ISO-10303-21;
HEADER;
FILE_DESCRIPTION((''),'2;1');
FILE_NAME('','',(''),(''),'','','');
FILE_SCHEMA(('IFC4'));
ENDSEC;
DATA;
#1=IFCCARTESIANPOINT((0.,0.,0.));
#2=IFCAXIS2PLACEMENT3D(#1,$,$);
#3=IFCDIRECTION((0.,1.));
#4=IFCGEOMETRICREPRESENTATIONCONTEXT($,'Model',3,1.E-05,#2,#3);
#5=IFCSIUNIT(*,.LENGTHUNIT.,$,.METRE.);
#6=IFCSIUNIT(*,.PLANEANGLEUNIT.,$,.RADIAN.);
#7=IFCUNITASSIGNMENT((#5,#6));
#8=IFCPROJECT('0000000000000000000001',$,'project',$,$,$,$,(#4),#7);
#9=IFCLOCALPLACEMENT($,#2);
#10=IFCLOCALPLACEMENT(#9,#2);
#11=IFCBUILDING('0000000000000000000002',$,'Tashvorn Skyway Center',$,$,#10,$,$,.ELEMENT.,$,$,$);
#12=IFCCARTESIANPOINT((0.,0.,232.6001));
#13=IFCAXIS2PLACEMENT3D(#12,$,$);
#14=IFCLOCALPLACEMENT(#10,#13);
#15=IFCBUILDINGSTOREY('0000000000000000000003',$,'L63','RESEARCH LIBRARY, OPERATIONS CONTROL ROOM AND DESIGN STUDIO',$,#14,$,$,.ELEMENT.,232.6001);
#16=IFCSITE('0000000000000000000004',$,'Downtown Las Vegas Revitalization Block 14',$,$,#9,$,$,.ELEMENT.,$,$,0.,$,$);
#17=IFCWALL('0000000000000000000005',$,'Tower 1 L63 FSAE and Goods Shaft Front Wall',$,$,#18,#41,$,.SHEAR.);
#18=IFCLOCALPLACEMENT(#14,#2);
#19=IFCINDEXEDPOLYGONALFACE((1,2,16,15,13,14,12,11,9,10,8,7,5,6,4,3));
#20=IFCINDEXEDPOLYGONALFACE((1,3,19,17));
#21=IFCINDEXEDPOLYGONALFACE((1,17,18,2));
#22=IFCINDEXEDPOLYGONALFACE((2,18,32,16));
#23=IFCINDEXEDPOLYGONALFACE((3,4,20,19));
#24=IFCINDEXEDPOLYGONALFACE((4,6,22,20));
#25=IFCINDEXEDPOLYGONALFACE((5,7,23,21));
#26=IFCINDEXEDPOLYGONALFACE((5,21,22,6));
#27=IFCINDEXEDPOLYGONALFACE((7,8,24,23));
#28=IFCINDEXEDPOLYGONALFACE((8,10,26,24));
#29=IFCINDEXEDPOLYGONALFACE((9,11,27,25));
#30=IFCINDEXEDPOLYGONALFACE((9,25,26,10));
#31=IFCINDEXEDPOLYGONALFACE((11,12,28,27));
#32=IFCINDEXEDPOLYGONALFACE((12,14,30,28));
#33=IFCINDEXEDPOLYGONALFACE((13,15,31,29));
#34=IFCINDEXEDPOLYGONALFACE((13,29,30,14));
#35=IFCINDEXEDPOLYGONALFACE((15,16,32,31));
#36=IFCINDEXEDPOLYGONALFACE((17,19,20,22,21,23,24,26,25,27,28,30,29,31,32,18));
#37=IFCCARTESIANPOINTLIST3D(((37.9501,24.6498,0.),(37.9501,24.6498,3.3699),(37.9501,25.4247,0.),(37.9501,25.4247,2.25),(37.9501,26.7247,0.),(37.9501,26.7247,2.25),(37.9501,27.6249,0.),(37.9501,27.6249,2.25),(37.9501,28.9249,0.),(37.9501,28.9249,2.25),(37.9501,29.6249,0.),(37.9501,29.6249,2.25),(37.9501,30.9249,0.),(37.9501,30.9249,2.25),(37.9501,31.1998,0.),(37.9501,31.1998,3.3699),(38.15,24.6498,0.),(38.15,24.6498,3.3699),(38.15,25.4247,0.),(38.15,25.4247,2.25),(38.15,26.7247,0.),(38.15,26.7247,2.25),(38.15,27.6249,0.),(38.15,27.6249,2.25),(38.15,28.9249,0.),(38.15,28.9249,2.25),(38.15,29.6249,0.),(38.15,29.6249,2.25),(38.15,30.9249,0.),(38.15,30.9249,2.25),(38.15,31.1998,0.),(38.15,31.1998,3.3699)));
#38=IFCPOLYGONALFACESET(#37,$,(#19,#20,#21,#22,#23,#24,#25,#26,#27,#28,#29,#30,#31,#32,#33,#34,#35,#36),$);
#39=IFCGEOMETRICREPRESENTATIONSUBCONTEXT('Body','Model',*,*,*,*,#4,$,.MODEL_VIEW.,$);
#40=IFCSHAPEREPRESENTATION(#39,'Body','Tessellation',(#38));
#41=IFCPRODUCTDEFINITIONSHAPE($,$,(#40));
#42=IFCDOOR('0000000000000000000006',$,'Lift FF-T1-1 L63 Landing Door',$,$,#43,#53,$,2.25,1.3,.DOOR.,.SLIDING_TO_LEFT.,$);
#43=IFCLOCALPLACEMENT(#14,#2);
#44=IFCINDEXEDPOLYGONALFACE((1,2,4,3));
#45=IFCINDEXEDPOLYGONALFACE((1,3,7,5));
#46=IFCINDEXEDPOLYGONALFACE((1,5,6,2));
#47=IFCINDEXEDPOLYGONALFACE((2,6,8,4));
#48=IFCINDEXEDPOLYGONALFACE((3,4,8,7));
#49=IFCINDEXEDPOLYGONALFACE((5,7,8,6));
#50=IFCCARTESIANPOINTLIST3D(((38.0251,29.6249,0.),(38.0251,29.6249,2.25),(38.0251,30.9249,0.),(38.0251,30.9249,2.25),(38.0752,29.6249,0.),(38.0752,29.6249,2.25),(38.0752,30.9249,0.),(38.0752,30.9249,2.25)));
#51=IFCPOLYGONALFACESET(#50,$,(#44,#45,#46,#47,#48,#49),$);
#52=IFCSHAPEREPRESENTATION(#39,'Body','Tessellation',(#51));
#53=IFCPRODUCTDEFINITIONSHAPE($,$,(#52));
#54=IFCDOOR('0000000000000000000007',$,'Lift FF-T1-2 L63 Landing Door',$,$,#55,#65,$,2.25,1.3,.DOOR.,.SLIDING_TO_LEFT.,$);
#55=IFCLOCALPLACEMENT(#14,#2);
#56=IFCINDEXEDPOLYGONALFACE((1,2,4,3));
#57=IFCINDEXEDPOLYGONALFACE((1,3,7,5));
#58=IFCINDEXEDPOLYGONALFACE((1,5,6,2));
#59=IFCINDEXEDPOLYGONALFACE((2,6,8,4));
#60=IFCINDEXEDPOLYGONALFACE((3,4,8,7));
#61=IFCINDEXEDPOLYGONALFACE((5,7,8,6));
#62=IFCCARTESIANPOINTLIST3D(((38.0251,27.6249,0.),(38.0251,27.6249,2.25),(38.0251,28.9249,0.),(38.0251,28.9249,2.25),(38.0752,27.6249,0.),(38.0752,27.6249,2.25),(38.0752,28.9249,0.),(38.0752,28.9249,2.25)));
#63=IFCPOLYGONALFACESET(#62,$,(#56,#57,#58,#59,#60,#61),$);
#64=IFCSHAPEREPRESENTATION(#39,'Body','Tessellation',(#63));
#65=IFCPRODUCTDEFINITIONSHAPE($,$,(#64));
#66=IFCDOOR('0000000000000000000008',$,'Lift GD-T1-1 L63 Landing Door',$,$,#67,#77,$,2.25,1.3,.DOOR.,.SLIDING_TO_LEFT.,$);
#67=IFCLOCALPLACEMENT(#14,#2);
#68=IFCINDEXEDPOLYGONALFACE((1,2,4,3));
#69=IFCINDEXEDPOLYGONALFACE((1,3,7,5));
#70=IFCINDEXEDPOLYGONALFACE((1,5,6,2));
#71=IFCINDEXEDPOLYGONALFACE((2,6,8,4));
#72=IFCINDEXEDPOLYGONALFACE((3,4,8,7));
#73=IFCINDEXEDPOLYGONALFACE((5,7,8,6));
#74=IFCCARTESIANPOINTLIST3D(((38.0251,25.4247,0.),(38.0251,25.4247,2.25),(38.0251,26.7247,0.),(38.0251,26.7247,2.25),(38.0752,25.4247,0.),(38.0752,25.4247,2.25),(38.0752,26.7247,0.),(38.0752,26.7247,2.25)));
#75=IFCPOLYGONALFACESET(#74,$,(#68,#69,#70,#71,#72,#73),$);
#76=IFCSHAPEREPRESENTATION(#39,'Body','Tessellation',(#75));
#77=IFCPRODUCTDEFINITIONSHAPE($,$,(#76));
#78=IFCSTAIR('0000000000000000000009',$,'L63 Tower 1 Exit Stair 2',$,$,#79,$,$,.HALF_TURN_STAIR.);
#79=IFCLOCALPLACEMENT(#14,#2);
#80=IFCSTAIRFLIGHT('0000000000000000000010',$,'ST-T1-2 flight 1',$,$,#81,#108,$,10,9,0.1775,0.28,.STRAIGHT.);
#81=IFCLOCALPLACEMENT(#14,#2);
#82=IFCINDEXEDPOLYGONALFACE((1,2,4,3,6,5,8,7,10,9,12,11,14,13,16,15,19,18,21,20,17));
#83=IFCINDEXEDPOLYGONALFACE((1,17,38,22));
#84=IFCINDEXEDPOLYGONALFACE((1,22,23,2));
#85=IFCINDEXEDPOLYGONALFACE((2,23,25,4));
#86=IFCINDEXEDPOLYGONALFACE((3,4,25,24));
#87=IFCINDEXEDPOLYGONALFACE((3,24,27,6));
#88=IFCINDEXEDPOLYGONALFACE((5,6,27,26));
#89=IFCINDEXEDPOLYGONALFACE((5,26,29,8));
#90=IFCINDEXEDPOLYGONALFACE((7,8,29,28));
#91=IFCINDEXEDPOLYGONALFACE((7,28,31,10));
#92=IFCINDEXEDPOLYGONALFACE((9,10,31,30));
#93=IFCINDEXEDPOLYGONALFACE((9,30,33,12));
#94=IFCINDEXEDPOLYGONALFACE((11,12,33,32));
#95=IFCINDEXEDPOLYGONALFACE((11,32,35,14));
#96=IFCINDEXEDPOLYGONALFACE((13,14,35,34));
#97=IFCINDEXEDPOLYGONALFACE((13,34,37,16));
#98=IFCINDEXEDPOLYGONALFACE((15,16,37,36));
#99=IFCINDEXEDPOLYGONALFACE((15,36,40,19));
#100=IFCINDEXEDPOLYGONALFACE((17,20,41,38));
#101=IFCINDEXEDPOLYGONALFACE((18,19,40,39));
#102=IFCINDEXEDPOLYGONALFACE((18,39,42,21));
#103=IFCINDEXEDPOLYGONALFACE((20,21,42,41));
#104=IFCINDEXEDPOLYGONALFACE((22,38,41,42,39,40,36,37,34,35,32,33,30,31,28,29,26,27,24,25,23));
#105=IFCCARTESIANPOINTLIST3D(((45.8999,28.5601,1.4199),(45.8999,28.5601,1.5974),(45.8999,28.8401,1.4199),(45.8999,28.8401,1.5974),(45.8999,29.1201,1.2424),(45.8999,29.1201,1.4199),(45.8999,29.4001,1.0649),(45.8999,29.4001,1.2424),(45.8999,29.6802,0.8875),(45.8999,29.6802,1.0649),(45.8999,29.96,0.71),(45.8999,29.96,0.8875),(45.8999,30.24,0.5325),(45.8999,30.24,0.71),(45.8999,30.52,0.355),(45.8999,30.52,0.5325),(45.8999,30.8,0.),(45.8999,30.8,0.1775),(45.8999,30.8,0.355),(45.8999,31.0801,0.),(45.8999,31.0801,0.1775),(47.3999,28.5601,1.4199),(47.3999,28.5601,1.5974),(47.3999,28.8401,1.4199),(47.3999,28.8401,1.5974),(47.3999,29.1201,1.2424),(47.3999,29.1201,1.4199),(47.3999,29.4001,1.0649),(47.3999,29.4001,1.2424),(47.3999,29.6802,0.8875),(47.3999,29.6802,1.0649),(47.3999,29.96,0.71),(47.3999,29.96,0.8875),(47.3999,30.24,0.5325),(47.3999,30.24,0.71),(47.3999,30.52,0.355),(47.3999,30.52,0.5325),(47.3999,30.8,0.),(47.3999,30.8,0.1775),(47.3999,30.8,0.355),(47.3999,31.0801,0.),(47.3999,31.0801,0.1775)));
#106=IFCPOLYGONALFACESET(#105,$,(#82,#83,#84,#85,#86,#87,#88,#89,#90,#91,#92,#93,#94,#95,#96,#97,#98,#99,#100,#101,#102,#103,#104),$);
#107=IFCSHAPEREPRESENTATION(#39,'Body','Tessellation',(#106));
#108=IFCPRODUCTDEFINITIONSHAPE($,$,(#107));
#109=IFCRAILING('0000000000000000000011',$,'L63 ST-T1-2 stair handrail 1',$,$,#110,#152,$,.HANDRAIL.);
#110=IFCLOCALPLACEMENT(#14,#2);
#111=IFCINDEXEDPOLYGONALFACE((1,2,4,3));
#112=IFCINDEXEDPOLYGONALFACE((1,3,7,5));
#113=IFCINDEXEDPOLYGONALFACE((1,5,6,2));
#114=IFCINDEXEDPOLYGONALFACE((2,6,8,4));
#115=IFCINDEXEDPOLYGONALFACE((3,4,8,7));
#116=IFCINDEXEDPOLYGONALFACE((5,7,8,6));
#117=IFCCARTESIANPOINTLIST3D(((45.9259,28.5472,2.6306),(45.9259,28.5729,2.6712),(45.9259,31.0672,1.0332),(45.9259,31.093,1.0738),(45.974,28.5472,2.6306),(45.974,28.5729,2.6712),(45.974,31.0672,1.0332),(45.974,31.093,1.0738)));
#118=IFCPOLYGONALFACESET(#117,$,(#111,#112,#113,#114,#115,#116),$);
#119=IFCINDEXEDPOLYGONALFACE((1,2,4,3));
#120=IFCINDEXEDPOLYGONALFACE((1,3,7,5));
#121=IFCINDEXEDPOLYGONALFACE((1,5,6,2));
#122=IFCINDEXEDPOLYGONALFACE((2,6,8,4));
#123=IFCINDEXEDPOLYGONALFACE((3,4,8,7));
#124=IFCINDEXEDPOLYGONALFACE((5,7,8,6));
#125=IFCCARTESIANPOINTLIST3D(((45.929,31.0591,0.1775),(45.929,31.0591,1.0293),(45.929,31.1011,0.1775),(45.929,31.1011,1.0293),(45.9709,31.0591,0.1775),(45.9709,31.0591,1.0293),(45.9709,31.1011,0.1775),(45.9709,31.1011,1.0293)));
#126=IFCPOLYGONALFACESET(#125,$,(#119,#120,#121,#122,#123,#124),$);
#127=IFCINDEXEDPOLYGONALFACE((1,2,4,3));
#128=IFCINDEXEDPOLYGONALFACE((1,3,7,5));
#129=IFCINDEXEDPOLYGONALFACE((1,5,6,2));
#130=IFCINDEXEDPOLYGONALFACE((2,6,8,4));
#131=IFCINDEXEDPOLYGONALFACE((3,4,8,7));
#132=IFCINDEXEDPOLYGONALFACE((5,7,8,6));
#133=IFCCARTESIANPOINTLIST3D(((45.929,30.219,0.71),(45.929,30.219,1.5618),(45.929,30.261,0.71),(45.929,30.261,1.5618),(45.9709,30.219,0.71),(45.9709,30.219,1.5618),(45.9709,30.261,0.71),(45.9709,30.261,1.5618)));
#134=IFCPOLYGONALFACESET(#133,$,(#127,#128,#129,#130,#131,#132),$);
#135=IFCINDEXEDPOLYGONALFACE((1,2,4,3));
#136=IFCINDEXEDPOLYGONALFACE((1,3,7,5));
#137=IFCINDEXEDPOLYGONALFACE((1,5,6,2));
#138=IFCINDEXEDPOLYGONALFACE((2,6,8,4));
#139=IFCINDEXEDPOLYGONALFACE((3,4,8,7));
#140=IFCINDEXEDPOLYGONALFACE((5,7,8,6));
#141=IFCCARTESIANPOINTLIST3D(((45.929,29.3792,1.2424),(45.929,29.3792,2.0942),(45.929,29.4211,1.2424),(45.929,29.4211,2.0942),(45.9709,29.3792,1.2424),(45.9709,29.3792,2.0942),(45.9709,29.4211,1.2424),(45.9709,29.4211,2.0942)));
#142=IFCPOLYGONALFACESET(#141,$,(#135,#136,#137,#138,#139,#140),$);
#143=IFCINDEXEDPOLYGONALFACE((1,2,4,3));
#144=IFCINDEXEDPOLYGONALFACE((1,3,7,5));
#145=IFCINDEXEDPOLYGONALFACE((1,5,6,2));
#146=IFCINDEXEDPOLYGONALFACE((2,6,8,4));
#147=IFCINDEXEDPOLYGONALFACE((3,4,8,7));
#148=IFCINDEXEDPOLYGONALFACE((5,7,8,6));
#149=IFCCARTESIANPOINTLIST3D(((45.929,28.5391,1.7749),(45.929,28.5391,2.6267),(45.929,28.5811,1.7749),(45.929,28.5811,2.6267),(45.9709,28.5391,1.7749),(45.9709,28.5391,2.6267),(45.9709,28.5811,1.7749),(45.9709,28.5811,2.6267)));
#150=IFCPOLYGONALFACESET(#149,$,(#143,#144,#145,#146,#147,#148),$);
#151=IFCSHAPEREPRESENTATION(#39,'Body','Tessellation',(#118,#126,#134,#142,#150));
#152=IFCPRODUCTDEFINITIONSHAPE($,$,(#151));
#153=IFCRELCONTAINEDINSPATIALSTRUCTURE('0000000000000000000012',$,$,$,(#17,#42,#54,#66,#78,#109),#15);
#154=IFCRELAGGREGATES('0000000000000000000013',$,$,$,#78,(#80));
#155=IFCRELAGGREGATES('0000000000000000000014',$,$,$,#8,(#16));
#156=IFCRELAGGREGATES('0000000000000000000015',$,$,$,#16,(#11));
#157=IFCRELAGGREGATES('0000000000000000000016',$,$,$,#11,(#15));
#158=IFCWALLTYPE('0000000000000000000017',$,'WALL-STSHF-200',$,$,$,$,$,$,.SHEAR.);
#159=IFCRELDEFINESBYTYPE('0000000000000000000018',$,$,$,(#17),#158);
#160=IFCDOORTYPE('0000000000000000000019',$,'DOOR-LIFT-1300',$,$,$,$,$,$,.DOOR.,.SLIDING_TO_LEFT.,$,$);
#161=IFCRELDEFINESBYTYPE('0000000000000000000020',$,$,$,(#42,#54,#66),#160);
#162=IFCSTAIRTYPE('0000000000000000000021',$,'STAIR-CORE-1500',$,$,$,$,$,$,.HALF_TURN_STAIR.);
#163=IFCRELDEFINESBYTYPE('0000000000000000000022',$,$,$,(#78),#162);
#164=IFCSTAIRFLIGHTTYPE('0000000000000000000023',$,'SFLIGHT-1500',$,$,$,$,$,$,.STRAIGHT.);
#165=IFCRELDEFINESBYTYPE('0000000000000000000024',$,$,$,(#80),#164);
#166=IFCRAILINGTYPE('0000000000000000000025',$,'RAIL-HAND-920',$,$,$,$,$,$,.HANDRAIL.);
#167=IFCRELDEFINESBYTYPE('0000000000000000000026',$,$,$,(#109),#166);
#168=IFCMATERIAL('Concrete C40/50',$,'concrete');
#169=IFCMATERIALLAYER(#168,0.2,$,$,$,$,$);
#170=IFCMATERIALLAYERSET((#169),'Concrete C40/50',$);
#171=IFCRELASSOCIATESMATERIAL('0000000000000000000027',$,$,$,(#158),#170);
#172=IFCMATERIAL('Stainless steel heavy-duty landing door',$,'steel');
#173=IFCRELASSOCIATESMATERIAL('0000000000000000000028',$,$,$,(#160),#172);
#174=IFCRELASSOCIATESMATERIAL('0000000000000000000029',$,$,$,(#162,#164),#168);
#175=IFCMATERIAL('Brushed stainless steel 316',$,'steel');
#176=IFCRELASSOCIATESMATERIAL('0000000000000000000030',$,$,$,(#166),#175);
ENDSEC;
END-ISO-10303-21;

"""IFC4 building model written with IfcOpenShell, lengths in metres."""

from ifc_helpers import new_model, si_unit, direction, frame, frame_2d, origin, origin_2d, place, context, subcontext, project, spatial, polyline, rectangle, outline, extrude, material, layer, layer_set, type_object, element, fill, aggregate, save


model = new_model("IFC4")

# Units and contexts
model_context = context("Model", 3, precision=1e-05, world=origin(), true_north=direction((0.0, 1.0)))
body_context = subcontext(model_context, "Body", "Model", "MODEL_VIEW")
ifc_project = project(units=[si_unit("LENGTHUNIT", "METRE"), si_unit("PLANEANGLEUNIT", "RADIAN")], contexts=[model_context])

# Site, building, storey
site_placement = place(None, origin())
site = spatial("IfcSite", under=ifc_project, at=site_placement, Name="Downtown Las Vegas Revitalization Block 14", CompositionType="ELEMENT", RefElevation=0.0)
building_placement = place(site_placement, origin())
building = spatial("IfcBuilding", under=site, at=building_placement, Name="Tashvorn Skyway Center", CompositionType="ELEMENT")
storey_placement = place(building_placement, frame((0.0, 0.0, 232.6001)))
storey = spatial("IfcBuildingStorey", under=building, at=storey_placement, Name="L63", Description="RESEARCH LIBRARY, OPERATIONS CONTROL ROOM AND DESIGN STUDIO", CompositionType="ELEMENT", Elevation=232.6001)

# Shared definitions
ifc_material_1 = material(Name="Concrete C40/50", Category="concrete")

# Shared definitions
ifc_layer_1 = layer(ifc_material_1, 0.2)
ifc_layer_set_1 = layer_set([ifc_layer_1], Name="Concrete C40/50")
wall_type_1 = type_object("IfcWallType", Name="WALL-STSHF-200", PredefinedType="SHEAR", material=ifc_layer_set_1)

# Wall, openings, doors
wall_1_placement = place(storey_placement, frame((38.05, 24.6499, 0.0), z_axis=(0.0, 0.0, 1.0), x_axis=(0.0, 1.0, 0.0)))
wall_1 = element("IfcWall", 1, at=wall_1_placement, inside=storey, type_object=wall_type_1, Name="Tower 1 L63 FSAE and Goods Shaft Front Wall", PredefinedType="SHEAR", context=body_context, shape_type="SweptSolid", body=[
    extrude(rectangle(XDim=6.55, YDim=0.2, at=frame_2d((3.2749, 0.0))), origin(), (0.0, 0.0, 1.0), 3.3699),
])
opening_1_placement = place(wall_1_placement, frame((4.9751, 0.0, 0.0)))
opening_1 = element("IfcOpeningElement", 2, at=opening_1_placement, cuts=wall_1, PredefinedType="OPENING", context=body_context, shape_type="SweptSolid", body=[
    extrude(rectangle(XDim=1.3, YDim=2.25, at=frame_2d((0.6499, 1.125))), frame((0.0, 0.1099, 0.0), z_axis=(0.0, -1.0, 0.0), x_axis=(1.0, 0.0, 0.0)), (0.0, 0.0, 1.0), 0.22),
])
opening_2_placement = place(wall_1_placement, frame((2.9751, 0.0, 0.0)))
opening_2 = element("IfcOpeningElement", 3, at=opening_2_placement, cuts=wall_1, PredefinedType="OPENING", context=body_context, shape_type="SweptSolid", body=[
    extrude(rectangle(XDim=1.3, YDim=2.25, at=frame_2d((0.6499, 1.125))), frame((0.0, 0.1099, 0.0), z_axis=(0.0, -1.0, 0.0), x_axis=(1.0, 0.0, 0.0)), (0.0, 0.0, 1.0), 0.22),
])
opening_3_placement = place(wall_1_placement, frame((0.7749, 0.0, 0.0)))
opening_3 = element("IfcOpeningElement", 4, at=opening_3_placement, cuts=wall_1, PredefinedType="OPENING", context=body_context, shape_type="SweptSolid", body=[
    extrude(rectangle(XDim=1.3, YDim=2.25, at=frame_2d((0.6499, 1.125))), frame((0.0, 0.1099, 0.0), z_axis=(0.0, -1.0, 0.0), x_axis=(1.0, 0.0, 0.0)), (0.0, 0.0, 1.0), 0.22),
])
ifc_material_2 = material(Name="Stainless steel heavy-duty landing door", Category="steel")
door_type_1 = type_object("IfcDoorType", Name="DOOR-LIFT-1300", OperationType="SLIDING_TO_LEFT", PredefinedType="DOOR", material=ifc_material_2)
door_1_placement = place(opening_1_placement, origin())
door_1 = element("IfcDoor", 5, at=door_1_placement, inside=storey, type_object=door_type_1, Name="Lift FF-T1-1 L63 Landing Door", OperationType="SLIDING_TO_LEFT", OverallHeight=2.25, OverallWidth=1.3, PredefinedType="DOOR", context=body_context, shape_type="SweptSolid", body=[
    extrude(rectangle(XDim=1.3, YDim=2.25, at=frame_2d((0.6499, 1.125))), frame((0.0, 0.0249, 0.0), z_axis=(0.0, -1.0, 0.0), x_axis=(1.0, 0.0, 0.0)), (0.0, 0.0, 1.0), 0.05),
])
fill(opening_1, door_1)
door_2_placement = place(opening_2_placement, origin())
door_2 = element("IfcDoor", 6, at=door_2_placement, inside=storey, type_object=door_type_1, Name="Lift FF-T1-2 L63 Landing Door", OperationType="SLIDING_TO_LEFT", OverallHeight=2.25, OverallWidth=1.3, PredefinedType="DOOR", context=body_context, shape_type="SweptSolid", body=[
    extrude(rectangle(XDim=1.3, YDim=2.25, at=frame_2d((0.6499, 1.125))), frame((0.0, 0.0249, 0.0), z_axis=(0.0, -1.0, 0.0), x_axis=(1.0, 0.0, 0.0)), (0.0, 0.0, 1.0), 0.05),
])
fill(opening_2, door_2)
door_3_placement = place(opening_3_placement, origin())
door_3 = element("IfcDoor", 7, at=door_3_placement, inside=storey, type_object=door_type_1, Name="Lift GD-T1-1 L63 Landing Door", OperationType="SLIDING_TO_LEFT", OverallHeight=2.25, OverallWidth=1.3, PredefinedType="DOOR", context=body_context, shape_type="SweptSolid", body=[
    extrude(rectangle(XDim=1.3, YDim=2.25, at=frame_2d((0.6499, 1.125))), frame((0.0, 0.0249, 0.0), z_axis=(0.0, -1.0, 0.0), x_axis=(1.0, 0.0, 0.0)), (0.0, 0.0, 1.0), 0.05),
])
fill(opening_3, door_3)

# Stair, stair flight
stair_type = type_object("IfcStairType", Name="STAIR-CORE-1500", PredefinedType="HALF_TURN_STAIR", material=ifc_material_1)
stair_placement = place(storey_placement, origin())
stair = element("IfcStair", 8, at=stair_placement, inside=storey, type_object=stair_type, Name="L63 Tower 1 Exit Stair 2", PredefinedType="HALF_TURN_STAIR")
stair_flight_type = type_object("IfcStairFlightType", Name="SFLIGHT-1500", PredefinedType="STRAIGHT", material=ifc_material_1)
stair_flight_placement = place(storey_placement, frame((46.6499, 31.0801, 0.0), z_axis=(0.0, 0.0, 1.0), x_axis=(0.0, -1.0, 0.0)))
stair_flight = element("IfcStairFlight", 9, at=stair_flight_placement, type_object=stair_flight_type, Name="ST-T1-2 flight 1", NumberOfRisers=10, NumberOfTreads=9, PredefinedType="STRAIGHT", RiserHeight=0.1775, TreadLength=0.28, context=body_context, shape_type="SweptSolid", body=[
    extrude(outline(polyline([(0.0, 0.0), (0.0, 0.1775), (0.28, 0.1775), (0.28, 0.355), (0.5601, 0.355), (0.5601, 0.5325), (0.8401, 0.5325), (0.8401, 0.71), (1.1201, 0.71), (1.1201, 0.8875), (1.3999, 0.8875), (1.3999, 1.0649), (1.6799, 1.0649), (1.6799, 1.2424), (1.96, 1.2424), (1.96, 1.4199), (2.24, 1.4199), (2.24, 1.5974), (2.52, 1.5974), (2.52, 1.7749), (2.52, 1.4199), (0.28, 0.0), (0.0, 0.0)])), frame((0.0, 0.75, 0.0), z_axis=(0.0, -1.0, 0.0), x_axis=(1.0, 0.0, 0.0)), (0.0, 0.0, 1.0), 1.5),
])
aggregate(stair, [stair_flight])

# Railing
ifc_material_3 = material(Name="Brushed stainless steel 316", Category="steel")
railing_type_1 = type_object("IfcRailingType", Name="RAIL-HAND-920", PredefinedType="HANDRAIL", material=ifc_material_3)
railing_1_placement = place(storey_placement, frame((45.95, 31.0801, 0.1775)))
element("IfcRailing", 10, at=railing_1_placement, inside=storey, type_object=railing_type_1, Name="L63 ST-T1-2 stair handrail 1", PredefinedType="HANDRAIL", context=body_context, shape_type="SweptSolid", body=[
    extrude(rectangle(XDim=0.0481, YDim=0.0481, at=origin_2d()), frame((0.0, 0.0, 0.876), z_axis=(0.0, -0.844607, 0.535387), x_axis=(1.0, 0.0, 0.0)), (0.0, 0.0, 1.0), 2.9836),
    extrude(rectangle(XDim=0.042, YDim=0.042, at=origin_2d()), origin(), (0.0, 0.0, 1.0), 0.8518),
    extrude(rectangle(XDim=0.042, YDim=0.042, at=origin_2d()), frame((0.0, -0.8401, 0.5325)), (0.0, 0.0, 1.0), 0.8518),
    extrude(rectangle(XDim=0.042, YDim=0.042, at=origin_2d()), frame((0.0, -1.6799, 1.0649)), (0.0, 0.0, 1.0), 0.8518),
    extrude(rectangle(XDim=0.042, YDim=0.042, at=origin_2d()), frame((0.0, -2.52, 1.5974)), (0.0, 0.0, 1.0), 0.8518),
])

save(model, "model.ifc")
